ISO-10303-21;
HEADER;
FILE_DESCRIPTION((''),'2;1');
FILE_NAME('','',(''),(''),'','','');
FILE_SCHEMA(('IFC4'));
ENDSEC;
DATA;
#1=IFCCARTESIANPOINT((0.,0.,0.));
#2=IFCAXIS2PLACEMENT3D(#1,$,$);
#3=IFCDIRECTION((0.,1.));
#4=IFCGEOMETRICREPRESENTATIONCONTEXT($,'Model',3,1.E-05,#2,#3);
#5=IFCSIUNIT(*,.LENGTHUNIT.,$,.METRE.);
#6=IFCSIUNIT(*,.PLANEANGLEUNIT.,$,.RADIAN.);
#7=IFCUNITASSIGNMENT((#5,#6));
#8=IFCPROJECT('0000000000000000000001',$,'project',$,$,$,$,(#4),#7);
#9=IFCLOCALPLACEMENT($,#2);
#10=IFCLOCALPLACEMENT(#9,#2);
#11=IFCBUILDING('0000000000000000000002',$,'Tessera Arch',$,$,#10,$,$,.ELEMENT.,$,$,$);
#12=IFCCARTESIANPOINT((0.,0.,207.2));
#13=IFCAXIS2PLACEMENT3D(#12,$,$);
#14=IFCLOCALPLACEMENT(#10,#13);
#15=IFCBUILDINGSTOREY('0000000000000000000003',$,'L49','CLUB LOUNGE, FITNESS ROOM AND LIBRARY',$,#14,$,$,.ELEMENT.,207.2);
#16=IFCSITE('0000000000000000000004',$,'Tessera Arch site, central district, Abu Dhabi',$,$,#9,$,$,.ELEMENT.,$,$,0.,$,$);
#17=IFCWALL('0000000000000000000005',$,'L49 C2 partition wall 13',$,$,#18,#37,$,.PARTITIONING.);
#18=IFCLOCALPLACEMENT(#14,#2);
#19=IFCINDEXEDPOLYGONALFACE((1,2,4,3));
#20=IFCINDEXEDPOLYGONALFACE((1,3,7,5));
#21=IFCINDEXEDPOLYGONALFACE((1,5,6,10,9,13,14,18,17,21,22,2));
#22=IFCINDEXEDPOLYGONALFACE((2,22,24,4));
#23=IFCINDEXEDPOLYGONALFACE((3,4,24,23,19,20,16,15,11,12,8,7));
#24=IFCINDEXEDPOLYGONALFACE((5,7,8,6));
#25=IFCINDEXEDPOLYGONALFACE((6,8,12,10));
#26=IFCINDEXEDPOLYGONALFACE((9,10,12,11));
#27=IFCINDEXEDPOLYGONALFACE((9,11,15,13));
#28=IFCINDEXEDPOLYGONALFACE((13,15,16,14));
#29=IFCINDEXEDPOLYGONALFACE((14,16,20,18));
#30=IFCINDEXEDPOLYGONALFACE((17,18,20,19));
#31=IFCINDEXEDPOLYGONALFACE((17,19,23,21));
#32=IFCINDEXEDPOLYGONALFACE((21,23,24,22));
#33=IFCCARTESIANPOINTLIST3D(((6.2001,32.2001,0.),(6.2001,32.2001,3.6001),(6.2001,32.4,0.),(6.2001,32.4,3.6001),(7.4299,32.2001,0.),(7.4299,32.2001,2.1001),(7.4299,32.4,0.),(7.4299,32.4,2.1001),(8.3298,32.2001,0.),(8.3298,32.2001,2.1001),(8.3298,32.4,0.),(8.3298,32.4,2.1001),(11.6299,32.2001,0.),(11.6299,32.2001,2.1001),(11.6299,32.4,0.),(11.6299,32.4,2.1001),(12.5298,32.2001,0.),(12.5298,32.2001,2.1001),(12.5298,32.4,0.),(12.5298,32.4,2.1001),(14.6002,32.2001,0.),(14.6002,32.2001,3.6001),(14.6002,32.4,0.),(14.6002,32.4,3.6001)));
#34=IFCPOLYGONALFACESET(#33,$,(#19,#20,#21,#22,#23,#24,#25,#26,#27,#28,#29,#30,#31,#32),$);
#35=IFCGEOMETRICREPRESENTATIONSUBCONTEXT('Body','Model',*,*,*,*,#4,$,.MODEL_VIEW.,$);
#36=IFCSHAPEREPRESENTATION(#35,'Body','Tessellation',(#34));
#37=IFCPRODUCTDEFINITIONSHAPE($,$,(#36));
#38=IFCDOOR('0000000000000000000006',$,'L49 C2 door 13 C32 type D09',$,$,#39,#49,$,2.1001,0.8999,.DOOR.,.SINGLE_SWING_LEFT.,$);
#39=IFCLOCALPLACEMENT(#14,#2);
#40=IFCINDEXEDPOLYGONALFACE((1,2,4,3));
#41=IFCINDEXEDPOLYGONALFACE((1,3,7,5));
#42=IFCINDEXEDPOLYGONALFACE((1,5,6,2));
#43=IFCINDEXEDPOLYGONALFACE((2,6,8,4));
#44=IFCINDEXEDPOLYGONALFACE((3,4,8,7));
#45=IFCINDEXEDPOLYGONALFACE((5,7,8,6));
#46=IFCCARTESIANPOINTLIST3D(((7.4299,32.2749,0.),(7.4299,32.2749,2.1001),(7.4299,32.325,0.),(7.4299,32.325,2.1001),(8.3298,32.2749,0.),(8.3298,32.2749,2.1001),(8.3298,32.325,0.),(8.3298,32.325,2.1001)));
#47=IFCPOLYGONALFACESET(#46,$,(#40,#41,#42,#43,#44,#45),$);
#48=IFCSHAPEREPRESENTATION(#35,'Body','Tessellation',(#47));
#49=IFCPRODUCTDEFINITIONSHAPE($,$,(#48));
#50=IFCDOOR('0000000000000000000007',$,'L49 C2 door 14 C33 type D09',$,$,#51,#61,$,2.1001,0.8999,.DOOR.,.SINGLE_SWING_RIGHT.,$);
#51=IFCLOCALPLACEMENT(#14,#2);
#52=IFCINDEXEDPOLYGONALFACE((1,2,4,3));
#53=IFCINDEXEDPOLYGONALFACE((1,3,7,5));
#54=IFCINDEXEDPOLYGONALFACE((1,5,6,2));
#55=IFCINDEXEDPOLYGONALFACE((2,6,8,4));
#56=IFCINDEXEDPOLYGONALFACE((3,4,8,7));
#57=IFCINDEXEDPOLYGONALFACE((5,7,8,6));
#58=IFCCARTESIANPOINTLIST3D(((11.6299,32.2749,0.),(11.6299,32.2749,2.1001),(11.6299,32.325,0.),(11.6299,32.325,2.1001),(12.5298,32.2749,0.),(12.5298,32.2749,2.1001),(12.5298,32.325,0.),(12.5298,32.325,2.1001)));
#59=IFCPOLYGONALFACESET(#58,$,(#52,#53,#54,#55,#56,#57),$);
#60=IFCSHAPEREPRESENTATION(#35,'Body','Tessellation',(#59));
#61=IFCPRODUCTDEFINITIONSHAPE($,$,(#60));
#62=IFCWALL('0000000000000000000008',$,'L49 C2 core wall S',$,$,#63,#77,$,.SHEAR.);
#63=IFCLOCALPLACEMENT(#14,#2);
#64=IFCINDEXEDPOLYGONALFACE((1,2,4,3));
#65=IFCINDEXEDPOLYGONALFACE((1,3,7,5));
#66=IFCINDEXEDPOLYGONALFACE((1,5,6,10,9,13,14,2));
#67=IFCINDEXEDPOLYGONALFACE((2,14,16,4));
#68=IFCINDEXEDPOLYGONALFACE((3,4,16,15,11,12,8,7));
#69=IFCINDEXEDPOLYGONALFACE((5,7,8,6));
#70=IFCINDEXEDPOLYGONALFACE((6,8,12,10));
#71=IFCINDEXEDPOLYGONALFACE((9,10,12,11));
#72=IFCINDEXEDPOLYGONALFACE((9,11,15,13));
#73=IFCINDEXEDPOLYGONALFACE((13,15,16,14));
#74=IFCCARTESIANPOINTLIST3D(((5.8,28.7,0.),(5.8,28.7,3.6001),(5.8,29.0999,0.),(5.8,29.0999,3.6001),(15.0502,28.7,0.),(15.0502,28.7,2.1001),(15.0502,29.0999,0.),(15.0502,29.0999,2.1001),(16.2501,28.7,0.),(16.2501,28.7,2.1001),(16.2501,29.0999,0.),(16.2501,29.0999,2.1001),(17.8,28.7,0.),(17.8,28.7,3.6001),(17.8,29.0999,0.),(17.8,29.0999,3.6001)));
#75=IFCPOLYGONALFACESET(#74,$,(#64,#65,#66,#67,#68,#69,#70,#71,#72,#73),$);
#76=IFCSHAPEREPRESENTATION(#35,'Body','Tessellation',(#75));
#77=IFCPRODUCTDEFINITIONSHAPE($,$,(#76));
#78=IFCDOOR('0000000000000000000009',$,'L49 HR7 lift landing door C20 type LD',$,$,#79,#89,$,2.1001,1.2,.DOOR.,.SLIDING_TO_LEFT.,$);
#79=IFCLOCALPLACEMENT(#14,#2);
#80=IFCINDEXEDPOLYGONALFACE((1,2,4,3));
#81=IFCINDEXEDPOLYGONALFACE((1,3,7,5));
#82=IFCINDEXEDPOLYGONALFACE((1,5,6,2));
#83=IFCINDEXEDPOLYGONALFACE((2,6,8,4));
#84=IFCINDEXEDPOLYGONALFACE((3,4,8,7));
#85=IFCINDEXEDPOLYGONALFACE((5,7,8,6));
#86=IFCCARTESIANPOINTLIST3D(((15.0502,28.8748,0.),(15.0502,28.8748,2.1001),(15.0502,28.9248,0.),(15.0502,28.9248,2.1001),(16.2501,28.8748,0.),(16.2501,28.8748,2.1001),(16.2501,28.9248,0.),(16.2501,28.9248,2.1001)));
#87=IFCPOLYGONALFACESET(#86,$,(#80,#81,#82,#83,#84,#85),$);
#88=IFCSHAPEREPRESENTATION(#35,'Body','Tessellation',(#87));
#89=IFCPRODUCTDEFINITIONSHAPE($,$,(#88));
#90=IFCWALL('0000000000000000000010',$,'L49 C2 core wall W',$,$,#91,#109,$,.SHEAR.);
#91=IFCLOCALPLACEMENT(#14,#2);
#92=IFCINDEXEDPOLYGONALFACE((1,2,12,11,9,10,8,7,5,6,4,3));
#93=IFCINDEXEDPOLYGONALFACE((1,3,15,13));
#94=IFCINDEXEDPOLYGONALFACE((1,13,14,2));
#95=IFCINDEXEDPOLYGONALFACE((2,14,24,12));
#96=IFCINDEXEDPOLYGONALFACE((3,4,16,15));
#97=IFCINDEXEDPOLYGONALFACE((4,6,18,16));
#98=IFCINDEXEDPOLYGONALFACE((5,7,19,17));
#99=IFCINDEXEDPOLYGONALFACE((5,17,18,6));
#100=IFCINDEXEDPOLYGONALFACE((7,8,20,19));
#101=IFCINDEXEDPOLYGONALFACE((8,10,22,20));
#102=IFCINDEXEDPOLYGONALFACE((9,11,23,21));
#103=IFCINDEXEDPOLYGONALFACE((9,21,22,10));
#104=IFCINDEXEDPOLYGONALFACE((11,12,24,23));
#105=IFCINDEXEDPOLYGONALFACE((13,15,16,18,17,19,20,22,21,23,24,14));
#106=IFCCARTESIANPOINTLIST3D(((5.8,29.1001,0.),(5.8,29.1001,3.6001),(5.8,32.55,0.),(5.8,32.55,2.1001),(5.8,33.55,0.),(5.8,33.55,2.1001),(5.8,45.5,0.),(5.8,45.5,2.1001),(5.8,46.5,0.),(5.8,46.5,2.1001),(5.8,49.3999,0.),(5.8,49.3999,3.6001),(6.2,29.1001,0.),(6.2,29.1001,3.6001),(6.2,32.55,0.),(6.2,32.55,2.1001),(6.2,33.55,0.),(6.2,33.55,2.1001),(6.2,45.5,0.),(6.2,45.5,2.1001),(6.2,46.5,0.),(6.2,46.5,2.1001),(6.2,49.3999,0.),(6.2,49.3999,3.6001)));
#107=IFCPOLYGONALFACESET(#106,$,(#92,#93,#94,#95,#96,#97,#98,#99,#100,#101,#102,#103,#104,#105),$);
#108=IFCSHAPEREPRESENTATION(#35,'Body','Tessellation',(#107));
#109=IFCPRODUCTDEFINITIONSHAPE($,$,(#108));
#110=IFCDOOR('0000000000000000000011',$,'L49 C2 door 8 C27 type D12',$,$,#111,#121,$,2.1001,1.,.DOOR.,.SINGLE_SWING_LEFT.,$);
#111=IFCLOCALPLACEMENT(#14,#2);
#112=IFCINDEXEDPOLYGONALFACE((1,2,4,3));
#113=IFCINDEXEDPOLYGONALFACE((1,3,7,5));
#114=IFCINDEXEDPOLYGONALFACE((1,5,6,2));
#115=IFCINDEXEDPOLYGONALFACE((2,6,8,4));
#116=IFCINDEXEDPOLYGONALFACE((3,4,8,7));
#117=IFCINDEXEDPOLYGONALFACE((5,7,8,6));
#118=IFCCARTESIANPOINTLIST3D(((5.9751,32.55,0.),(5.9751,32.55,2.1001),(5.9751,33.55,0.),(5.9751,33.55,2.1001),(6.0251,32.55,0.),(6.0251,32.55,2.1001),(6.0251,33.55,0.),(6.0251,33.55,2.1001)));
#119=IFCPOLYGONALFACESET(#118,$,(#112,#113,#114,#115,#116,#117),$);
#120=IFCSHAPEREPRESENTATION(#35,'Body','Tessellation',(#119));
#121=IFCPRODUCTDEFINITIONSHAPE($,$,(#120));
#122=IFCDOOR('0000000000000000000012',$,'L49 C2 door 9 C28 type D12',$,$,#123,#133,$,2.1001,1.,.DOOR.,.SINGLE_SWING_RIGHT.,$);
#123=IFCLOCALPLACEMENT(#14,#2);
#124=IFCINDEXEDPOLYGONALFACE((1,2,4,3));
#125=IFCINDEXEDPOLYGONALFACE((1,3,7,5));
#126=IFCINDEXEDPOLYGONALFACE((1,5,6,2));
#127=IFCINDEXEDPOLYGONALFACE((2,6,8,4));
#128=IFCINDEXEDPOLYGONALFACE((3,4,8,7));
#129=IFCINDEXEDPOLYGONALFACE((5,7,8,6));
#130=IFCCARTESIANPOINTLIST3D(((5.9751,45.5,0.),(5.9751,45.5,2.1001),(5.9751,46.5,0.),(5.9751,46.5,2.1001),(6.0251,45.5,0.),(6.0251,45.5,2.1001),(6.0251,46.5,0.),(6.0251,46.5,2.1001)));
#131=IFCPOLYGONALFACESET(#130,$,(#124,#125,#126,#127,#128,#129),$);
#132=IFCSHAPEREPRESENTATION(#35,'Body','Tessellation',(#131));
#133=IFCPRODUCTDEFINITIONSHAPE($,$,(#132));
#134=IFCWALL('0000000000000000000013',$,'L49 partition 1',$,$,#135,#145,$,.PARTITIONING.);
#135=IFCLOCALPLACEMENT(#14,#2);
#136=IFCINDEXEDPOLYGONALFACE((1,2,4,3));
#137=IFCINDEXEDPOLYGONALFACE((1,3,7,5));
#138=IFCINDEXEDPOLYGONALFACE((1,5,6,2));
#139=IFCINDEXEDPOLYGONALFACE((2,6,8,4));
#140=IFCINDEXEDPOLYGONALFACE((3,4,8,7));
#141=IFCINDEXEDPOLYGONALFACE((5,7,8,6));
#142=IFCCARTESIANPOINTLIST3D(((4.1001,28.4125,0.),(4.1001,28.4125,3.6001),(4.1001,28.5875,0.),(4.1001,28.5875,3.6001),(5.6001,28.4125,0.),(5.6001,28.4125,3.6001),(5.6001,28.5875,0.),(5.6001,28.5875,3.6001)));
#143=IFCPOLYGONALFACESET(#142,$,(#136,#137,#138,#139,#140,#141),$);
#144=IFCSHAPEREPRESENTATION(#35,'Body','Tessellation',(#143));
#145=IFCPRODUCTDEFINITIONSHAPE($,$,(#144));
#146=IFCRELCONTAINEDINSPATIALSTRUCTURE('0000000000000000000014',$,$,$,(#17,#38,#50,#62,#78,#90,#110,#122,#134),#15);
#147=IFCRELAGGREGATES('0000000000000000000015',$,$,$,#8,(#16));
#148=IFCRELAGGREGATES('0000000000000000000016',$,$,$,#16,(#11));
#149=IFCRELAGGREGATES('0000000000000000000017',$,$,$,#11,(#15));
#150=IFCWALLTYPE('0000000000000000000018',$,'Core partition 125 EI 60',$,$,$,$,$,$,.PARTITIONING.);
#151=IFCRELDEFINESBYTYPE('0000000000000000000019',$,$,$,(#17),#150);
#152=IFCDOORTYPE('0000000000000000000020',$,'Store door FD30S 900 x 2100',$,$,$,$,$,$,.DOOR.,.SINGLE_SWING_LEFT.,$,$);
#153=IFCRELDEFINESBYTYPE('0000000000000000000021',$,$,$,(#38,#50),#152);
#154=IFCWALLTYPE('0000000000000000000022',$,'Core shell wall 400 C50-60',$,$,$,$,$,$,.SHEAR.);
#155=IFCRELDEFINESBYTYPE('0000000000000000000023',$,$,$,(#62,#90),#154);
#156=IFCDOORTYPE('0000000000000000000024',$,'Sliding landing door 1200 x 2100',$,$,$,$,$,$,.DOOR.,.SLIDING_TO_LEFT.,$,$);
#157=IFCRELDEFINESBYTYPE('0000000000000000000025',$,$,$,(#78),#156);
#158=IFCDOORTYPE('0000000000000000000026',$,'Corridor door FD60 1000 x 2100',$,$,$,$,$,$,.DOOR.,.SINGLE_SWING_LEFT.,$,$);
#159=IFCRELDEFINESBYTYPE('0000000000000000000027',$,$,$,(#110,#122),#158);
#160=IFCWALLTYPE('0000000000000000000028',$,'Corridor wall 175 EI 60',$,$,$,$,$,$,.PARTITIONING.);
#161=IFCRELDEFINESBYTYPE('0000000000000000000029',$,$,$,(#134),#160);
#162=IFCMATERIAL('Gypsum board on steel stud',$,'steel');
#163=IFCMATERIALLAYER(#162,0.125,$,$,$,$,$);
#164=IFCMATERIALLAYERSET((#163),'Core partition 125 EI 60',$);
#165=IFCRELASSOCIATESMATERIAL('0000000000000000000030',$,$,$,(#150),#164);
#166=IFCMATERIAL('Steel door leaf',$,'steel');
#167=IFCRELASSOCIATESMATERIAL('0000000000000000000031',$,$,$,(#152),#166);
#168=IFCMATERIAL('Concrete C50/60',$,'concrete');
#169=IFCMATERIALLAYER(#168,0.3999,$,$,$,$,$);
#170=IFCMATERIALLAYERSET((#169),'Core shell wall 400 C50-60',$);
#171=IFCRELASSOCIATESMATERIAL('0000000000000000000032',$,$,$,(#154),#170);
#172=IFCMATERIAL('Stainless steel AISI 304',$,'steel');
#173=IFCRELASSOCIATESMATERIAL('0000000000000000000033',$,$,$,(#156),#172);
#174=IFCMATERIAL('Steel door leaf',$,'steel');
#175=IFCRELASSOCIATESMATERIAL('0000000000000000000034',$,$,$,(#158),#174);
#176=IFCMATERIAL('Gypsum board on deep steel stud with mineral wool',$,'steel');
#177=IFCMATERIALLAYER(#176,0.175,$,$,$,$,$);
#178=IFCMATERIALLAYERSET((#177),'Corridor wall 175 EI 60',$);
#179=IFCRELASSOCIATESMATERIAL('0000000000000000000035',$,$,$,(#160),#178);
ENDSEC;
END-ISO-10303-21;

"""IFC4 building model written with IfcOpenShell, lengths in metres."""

from ifc_helpers import new_model, si_unit, direction, frame, frame_2d, origin, place, context, subcontext, project, spatial, rectangle, extrude, material, layer, layer_set, type_object, element, fill, save


model = new_model("IFC4")

# Units and contexts
model_context = context("Model", 3, precision=1e-05, world=origin(), true_north=direction((0.0, 1.0)))
body_context = subcontext(model_context, "Body", "Model", "MODEL_VIEW")
ifc_project = project(units=[si_unit("LENGTHUNIT", "METRE"), si_unit("PLANEANGLEUNIT", "RADIAN")], contexts=[model_context])

# Site, building, storey
site_placement = place(None, origin())
site = spatial("IfcSite", under=ifc_project, at=site_placement, Name="Tessera Arch site, central district, Abu Dhabi", CompositionType="ELEMENT", RefElevation=0.0)
building_placement = place(site_placement, origin())
building = spatial("IfcBuilding", under=site, at=building_placement, Name="Tessera Arch", CompositionType="ELEMENT")
storey_placement = place(building_placement, frame((0.0, 0.0, 207.2)))
storey = spatial("IfcBuildingStorey", under=building, at=storey_placement, Name="L49", Description="CLUB LOUNGE, FITNESS ROOM AND LIBRARY", CompositionType="ELEMENT", Elevation=207.2)

# Shared definitions
ifc_material_1 = material(Name="Gypsum board on steel stud", Category="steel")
ifc_layer_1 = layer(ifc_material_1, 0.125)
ifc_layer_set_1 = layer_set([ifc_layer_1], Name="Core partition 125 EI 60")
wall_type_1 = type_object("IfcWallType", Name="Core partition 125 EI 60", PredefinedType="PARTITIONING", material=ifc_layer_set_1)

# Wall, openings, doors
wall_1_placement = place(storey_placement, frame((6.2, 32.3, 0.0), z_axis=(0.0, 0.0, 1.0), x_axis=(1.0, 0.0, 0.0)))
wall_1 = element("IfcWall", 1, at=wall_1_placement, inside=storey, type_object=wall_type_1, Name="L49 C2 partition wall 13", PredefinedType="PARTITIONING", context=body_context, shape_type="SweptSolid", body=[
    extrude(rectangle(XDim=8.4001, YDim=0.2, at=frame_2d((4.2002, 0.0))), origin(), (0.0, 0.0, 1.0), 3.6001),
])
opening_1_placement = place(wall_1_placement, frame((1.23, 0.0, 0.0)))
opening_1 = element("IfcOpeningElement", 2, at=opening_1_placement, cuts=wall_1, PredefinedType="OPENING", context=body_context, shape_type="SweptSolid", body=[
    extrude(rectangle(XDim=0.8999, YDim=2.1001, at=frame_2d((0.45, 1.05))), frame((0.0, 0.1099, 0.0), z_axis=(0.0, -1.0, 0.0), x_axis=(1.0, 0.0, 0.0)), (0.0, 0.0, 1.0), 0.22),
])
opening_2_placement = place(wall_1_placement, frame((5.4299, 0.0, 0.0)))
opening_2 = element("IfcOpeningElement", 3, at=opening_2_placement, cuts=wall_1, PredefinedType="OPENING", context=body_context, shape_type="SweptSolid", body=[
    extrude(rectangle(XDim=0.8999, YDim=2.1001, at=frame_2d((0.45, 1.05))), frame((0.0, 0.1099, 0.0), z_axis=(0.0, -1.0, 0.0), x_axis=(1.0, 0.0, 0.0)), (0.0, 0.0, 1.0), 0.22),
])
ifc_material_2 = material(Name="Steel door leaf", Category="steel")
door_type_1 = type_object("IfcDoorType", Name="Store door FD30S 900 x 2100", OperationType="SINGLE_SWING_LEFT", PredefinedType="DOOR", material=ifc_material_2)
door_1_placement = place(opening_1_placement, origin())
door_1 = element("IfcDoor", 4, at=door_1_placement, inside=storey, type_object=door_type_1, Name="L49 C2 door 13 C32 type D09", OperationType="SINGLE_SWING_LEFT", OverallHeight=2.1001, OverallWidth=0.8999, PredefinedType="DOOR", context=body_context, shape_type="SweptSolid", body=[
    extrude(rectangle(XDim=0.8999, YDim=2.1001, at=frame_2d((0.45, 1.05))), frame((0.0, 0.0249, 0.0), z_axis=(0.0, -1.0, 0.0), x_axis=(1.0, 0.0, 0.0)), (0.0, 0.0, 1.0), 0.05),
])
fill(opening_1, door_1)
door_2_placement = place(opening_2_placement, origin())
door_2 = element("IfcDoor", 5, at=door_2_placement, inside=storey, type_object=door_type_1, Name="L49 C2 door 14 C33 type D09", OperationType="SINGLE_SWING_RIGHT", OverallHeight=2.1001, OverallWidth=0.8999, PredefinedType="DOOR", context=body_context, shape_type="SweptSolid", body=[
    extrude(rectangle(XDim=0.8999, YDim=2.1001, at=frame_2d((0.45, 1.05))), frame((0.0, 0.0249, 0.0), z_axis=(0.0, -1.0, 0.0), x_axis=(1.0, 0.0, 0.0)), (0.0, 0.0, 1.0), 0.05),
])
fill(opening_2, door_2)

# Wall, opening, door
ifc_material_3 = material(Name="Concrete C50/60", Category="concrete")
ifc_layer_2 = layer(ifc_material_3, 0.3999)
ifc_layer_set_2 = layer_set([ifc_layer_2], Name="Core shell wall 400 C50-60")
wall_type_2 = type_object("IfcWallType", Name="Core shell wall 400 C50-60", PredefinedType="SHEAR", material=ifc_layer_set_2)
wall_2_placement = place(storey_placement, frame((5.8, 28.8999, 0.0), z_axis=(0.0, 0.0, 1.0), x_axis=(1.0, 0.0, 0.0)))
wall_2 = element("IfcWall", 6, at=wall_2_placement, inside=storey, type_object=wall_type_2, Name="L49 C2 core wall S", PredefinedType="SHEAR", context=body_context, shape_type="SweptSolid", body=[
    extrude(rectangle(XDim=12.0, YDim=0.3999, at=frame_2d((6.0, 0.0))), origin(), (0.0, 0.0, 1.0), 3.6001),
])
opening_3_placement = place(wall_2_placement, frame((9.25, 0.0, 0.0)))
opening_3 = element("IfcOpeningElement", 7, at=opening_3_placement, cuts=wall_2, PredefinedType="OPENING", context=body_context, shape_type="SweptSolid", body=[
    extrude(rectangle(XDim=1.2, YDim=2.1001, at=frame_2d((0.6001, 1.05))), frame((0.0, 0.21, 0.0), z_axis=(0.0, -1.0, 0.0), x_axis=(1.0, 0.0, 0.0)), (0.0, 0.0, 1.0), 0.4199),
])
ifc_material_4 = material(Name="Stainless steel AISI 304", Category="steel")
door_type_2 = type_object("IfcDoorType", Name="Sliding landing door 1200 x 2100", OperationType="SLIDING_TO_LEFT", PredefinedType="DOOR", material=ifc_material_4)
door_3_placement = place(opening_3_placement, origin())
door_3 = element("IfcDoor", 8, at=door_3_placement, inside=storey, type_object=door_type_2, Name="L49 HR7 lift landing door C20 type LD", OperationType="SLIDING_TO_LEFT", OverallHeight=2.1001, OverallWidth=1.2, PredefinedType="DOOR", context=body_context, shape_type="SweptSolid", body=[
    extrude(rectangle(XDim=1.2, YDim=2.1001, at=frame_2d((0.6001, 1.05))), frame((0.0, 0.0249, 0.0), z_axis=(0.0, -1.0, 0.0), x_axis=(1.0, 0.0, 0.0)), (0.0, 0.0, 1.0), 0.05),
])
fill(opening_3, door_3)

# Wall, openings, doors
wall_3_placement = place(storey_placement, frame((6.0, 29.1001, 0.0), z_axis=(0.0, 0.0, 1.0), x_axis=(0.0, 1.0, 0.0)))
wall_3 = element("IfcWall", 9, at=wall_3_placement, inside=storey, type_object=wall_type_2, Name="L49 C2 core wall W", PredefinedType="SHEAR", context=body_context, shape_type="SweptSolid", body=[
    extrude(rectangle(XDim=20.2998, YDim=0.3999, at=frame_2d((10.1499, 0.0))), origin(), (0.0, 0.0, 1.0), 3.6001),
])
opening_4_placement = place(wall_3_placement, frame((3.45, 0.0, 0.0)))
opening_4 = element("IfcOpeningElement", 10, at=opening_4_placement, cuts=wall_3, PredefinedType="OPENING", context=body_context, shape_type="SweptSolid", body=[
    extrude(rectangle(XDim=1.0, YDim=2.1001, at=frame_2d((0.5, 1.05))), frame((0.0, 0.21, 0.0), z_axis=(0.0, -1.0, 0.0), x_axis=(1.0, 0.0, 0.0)), (0.0, 0.0, 1.0), 0.4199),
])
opening_5_placement = place(wall_3_placement, frame((16.3999, 0.0, 0.0)))
opening_5 = element("IfcOpeningElement", 11, at=opening_5_placement, cuts=wall_3, PredefinedType="OPENING", context=body_context, shape_type="SweptSolid", body=[
    extrude(rectangle(XDim=1.0, YDim=2.1001, at=frame_2d((0.5, 1.05))), frame((0.0, 0.21, 0.0), z_axis=(0.0, -1.0, 0.0), x_axis=(1.0, 0.0, 0.0)), (0.0, 0.0, 1.0), 0.4199),
])
ifc_material_5 = material(Name="Steel door leaf", Category="steel")
door_type_3 = type_object("IfcDoorType", Name="Corridor door FD60 1000 x 2100", OperationType="SINGLE_SWING_LEFT", PredefinedType="DOOR", material=ifc_material_5)
door_4_placement = place(opening_4_placement, origin())
door_4 = element("IfcDoor", 12, at=door_4_placement, inside=storey, type_object=door_type_3, Name="L49 C2 door 8 C27 type D12", OperationType="SINGLE_SWING_LEFT", OverallHeight=2.1001, OverallWidth=1.0, PredefinedType="DOOR", context=body_context, shape_type="SweptSolid", body=[
    extrude(rectangle(XDim=1.0, YDim=2.1001, at=frame_2d((0.5, 1.05))), frame((0.0, 0.0249, 0.0), z_axis=(0.0, -1.0, 0.0), x_axis=(1.0, 0.0, 0.0)), (0.0, 0.0, 1.0), 0.05),
])
fill(opening_4, door_4)
door_5_placement = place(opening_5_placement, origin())
door_5 = element("IfcDoor", 13, at=door_5_placement, inside=storey, type_object=door_type_3, Name="L49 C2 door 9 C28 type D12", OperationType="SINGLE_SWING_RIGHT", OverallHeight=2.1001, OverallWidth=1.0, PredefinedType="DOOR", context=body_context, shape_type="SweptSolid", body=[
    extrude(rectangle(XDim=1.0, YDim=2.1001, at=frame_2d((0.5, 1.05))), frame((0.0, 0.0249, 0.0), z_axis=(0.0, -1.0, 0.0), x_axis=(1.0, 0.0, 0.0)), (0.0, 0.0, 1.0), 0.05),
])
fill(opening_5, door_5)

# Wall
ifc_material_6 = material(Name="Gypsum board on deep steel stud with mineral wool", Category="steel")
ifc_layer_3 = layer(ifc_material_6, 0.175)
ifc_layer_set_3 = layer_set([ifc_layer_3], Name="Corridor wall 175 EI 60")
wall_type_3 = type_object("IfcWallType", Name="Corridor wall 175 EI 60", PredefinedType="PARTITIONING", material=ifc_layer_set_3)
wall_4_placement = place(storey_placement, frame((4.1001, 28.5, 0.0), z_axis=(0.0, 0.0, 1.0), x_axis=(1.0, 0.0, 0.0)))
element("IfcWall", 14, at=wall_4_placement, inside=storey, type_object=wall_type_3, Name="L49 partition 1", PredefinedType="PARTITIONING", context=body_context, shape_type="SweptSolid", body=[
    extrude(rectangle(XDim=1.5, YDim=0.175, at=frame_2d((0.75, 0.0))), origin(), (0.0, 0.0, 1.0), 3.6001),
])

save(model, "model.ifc")
